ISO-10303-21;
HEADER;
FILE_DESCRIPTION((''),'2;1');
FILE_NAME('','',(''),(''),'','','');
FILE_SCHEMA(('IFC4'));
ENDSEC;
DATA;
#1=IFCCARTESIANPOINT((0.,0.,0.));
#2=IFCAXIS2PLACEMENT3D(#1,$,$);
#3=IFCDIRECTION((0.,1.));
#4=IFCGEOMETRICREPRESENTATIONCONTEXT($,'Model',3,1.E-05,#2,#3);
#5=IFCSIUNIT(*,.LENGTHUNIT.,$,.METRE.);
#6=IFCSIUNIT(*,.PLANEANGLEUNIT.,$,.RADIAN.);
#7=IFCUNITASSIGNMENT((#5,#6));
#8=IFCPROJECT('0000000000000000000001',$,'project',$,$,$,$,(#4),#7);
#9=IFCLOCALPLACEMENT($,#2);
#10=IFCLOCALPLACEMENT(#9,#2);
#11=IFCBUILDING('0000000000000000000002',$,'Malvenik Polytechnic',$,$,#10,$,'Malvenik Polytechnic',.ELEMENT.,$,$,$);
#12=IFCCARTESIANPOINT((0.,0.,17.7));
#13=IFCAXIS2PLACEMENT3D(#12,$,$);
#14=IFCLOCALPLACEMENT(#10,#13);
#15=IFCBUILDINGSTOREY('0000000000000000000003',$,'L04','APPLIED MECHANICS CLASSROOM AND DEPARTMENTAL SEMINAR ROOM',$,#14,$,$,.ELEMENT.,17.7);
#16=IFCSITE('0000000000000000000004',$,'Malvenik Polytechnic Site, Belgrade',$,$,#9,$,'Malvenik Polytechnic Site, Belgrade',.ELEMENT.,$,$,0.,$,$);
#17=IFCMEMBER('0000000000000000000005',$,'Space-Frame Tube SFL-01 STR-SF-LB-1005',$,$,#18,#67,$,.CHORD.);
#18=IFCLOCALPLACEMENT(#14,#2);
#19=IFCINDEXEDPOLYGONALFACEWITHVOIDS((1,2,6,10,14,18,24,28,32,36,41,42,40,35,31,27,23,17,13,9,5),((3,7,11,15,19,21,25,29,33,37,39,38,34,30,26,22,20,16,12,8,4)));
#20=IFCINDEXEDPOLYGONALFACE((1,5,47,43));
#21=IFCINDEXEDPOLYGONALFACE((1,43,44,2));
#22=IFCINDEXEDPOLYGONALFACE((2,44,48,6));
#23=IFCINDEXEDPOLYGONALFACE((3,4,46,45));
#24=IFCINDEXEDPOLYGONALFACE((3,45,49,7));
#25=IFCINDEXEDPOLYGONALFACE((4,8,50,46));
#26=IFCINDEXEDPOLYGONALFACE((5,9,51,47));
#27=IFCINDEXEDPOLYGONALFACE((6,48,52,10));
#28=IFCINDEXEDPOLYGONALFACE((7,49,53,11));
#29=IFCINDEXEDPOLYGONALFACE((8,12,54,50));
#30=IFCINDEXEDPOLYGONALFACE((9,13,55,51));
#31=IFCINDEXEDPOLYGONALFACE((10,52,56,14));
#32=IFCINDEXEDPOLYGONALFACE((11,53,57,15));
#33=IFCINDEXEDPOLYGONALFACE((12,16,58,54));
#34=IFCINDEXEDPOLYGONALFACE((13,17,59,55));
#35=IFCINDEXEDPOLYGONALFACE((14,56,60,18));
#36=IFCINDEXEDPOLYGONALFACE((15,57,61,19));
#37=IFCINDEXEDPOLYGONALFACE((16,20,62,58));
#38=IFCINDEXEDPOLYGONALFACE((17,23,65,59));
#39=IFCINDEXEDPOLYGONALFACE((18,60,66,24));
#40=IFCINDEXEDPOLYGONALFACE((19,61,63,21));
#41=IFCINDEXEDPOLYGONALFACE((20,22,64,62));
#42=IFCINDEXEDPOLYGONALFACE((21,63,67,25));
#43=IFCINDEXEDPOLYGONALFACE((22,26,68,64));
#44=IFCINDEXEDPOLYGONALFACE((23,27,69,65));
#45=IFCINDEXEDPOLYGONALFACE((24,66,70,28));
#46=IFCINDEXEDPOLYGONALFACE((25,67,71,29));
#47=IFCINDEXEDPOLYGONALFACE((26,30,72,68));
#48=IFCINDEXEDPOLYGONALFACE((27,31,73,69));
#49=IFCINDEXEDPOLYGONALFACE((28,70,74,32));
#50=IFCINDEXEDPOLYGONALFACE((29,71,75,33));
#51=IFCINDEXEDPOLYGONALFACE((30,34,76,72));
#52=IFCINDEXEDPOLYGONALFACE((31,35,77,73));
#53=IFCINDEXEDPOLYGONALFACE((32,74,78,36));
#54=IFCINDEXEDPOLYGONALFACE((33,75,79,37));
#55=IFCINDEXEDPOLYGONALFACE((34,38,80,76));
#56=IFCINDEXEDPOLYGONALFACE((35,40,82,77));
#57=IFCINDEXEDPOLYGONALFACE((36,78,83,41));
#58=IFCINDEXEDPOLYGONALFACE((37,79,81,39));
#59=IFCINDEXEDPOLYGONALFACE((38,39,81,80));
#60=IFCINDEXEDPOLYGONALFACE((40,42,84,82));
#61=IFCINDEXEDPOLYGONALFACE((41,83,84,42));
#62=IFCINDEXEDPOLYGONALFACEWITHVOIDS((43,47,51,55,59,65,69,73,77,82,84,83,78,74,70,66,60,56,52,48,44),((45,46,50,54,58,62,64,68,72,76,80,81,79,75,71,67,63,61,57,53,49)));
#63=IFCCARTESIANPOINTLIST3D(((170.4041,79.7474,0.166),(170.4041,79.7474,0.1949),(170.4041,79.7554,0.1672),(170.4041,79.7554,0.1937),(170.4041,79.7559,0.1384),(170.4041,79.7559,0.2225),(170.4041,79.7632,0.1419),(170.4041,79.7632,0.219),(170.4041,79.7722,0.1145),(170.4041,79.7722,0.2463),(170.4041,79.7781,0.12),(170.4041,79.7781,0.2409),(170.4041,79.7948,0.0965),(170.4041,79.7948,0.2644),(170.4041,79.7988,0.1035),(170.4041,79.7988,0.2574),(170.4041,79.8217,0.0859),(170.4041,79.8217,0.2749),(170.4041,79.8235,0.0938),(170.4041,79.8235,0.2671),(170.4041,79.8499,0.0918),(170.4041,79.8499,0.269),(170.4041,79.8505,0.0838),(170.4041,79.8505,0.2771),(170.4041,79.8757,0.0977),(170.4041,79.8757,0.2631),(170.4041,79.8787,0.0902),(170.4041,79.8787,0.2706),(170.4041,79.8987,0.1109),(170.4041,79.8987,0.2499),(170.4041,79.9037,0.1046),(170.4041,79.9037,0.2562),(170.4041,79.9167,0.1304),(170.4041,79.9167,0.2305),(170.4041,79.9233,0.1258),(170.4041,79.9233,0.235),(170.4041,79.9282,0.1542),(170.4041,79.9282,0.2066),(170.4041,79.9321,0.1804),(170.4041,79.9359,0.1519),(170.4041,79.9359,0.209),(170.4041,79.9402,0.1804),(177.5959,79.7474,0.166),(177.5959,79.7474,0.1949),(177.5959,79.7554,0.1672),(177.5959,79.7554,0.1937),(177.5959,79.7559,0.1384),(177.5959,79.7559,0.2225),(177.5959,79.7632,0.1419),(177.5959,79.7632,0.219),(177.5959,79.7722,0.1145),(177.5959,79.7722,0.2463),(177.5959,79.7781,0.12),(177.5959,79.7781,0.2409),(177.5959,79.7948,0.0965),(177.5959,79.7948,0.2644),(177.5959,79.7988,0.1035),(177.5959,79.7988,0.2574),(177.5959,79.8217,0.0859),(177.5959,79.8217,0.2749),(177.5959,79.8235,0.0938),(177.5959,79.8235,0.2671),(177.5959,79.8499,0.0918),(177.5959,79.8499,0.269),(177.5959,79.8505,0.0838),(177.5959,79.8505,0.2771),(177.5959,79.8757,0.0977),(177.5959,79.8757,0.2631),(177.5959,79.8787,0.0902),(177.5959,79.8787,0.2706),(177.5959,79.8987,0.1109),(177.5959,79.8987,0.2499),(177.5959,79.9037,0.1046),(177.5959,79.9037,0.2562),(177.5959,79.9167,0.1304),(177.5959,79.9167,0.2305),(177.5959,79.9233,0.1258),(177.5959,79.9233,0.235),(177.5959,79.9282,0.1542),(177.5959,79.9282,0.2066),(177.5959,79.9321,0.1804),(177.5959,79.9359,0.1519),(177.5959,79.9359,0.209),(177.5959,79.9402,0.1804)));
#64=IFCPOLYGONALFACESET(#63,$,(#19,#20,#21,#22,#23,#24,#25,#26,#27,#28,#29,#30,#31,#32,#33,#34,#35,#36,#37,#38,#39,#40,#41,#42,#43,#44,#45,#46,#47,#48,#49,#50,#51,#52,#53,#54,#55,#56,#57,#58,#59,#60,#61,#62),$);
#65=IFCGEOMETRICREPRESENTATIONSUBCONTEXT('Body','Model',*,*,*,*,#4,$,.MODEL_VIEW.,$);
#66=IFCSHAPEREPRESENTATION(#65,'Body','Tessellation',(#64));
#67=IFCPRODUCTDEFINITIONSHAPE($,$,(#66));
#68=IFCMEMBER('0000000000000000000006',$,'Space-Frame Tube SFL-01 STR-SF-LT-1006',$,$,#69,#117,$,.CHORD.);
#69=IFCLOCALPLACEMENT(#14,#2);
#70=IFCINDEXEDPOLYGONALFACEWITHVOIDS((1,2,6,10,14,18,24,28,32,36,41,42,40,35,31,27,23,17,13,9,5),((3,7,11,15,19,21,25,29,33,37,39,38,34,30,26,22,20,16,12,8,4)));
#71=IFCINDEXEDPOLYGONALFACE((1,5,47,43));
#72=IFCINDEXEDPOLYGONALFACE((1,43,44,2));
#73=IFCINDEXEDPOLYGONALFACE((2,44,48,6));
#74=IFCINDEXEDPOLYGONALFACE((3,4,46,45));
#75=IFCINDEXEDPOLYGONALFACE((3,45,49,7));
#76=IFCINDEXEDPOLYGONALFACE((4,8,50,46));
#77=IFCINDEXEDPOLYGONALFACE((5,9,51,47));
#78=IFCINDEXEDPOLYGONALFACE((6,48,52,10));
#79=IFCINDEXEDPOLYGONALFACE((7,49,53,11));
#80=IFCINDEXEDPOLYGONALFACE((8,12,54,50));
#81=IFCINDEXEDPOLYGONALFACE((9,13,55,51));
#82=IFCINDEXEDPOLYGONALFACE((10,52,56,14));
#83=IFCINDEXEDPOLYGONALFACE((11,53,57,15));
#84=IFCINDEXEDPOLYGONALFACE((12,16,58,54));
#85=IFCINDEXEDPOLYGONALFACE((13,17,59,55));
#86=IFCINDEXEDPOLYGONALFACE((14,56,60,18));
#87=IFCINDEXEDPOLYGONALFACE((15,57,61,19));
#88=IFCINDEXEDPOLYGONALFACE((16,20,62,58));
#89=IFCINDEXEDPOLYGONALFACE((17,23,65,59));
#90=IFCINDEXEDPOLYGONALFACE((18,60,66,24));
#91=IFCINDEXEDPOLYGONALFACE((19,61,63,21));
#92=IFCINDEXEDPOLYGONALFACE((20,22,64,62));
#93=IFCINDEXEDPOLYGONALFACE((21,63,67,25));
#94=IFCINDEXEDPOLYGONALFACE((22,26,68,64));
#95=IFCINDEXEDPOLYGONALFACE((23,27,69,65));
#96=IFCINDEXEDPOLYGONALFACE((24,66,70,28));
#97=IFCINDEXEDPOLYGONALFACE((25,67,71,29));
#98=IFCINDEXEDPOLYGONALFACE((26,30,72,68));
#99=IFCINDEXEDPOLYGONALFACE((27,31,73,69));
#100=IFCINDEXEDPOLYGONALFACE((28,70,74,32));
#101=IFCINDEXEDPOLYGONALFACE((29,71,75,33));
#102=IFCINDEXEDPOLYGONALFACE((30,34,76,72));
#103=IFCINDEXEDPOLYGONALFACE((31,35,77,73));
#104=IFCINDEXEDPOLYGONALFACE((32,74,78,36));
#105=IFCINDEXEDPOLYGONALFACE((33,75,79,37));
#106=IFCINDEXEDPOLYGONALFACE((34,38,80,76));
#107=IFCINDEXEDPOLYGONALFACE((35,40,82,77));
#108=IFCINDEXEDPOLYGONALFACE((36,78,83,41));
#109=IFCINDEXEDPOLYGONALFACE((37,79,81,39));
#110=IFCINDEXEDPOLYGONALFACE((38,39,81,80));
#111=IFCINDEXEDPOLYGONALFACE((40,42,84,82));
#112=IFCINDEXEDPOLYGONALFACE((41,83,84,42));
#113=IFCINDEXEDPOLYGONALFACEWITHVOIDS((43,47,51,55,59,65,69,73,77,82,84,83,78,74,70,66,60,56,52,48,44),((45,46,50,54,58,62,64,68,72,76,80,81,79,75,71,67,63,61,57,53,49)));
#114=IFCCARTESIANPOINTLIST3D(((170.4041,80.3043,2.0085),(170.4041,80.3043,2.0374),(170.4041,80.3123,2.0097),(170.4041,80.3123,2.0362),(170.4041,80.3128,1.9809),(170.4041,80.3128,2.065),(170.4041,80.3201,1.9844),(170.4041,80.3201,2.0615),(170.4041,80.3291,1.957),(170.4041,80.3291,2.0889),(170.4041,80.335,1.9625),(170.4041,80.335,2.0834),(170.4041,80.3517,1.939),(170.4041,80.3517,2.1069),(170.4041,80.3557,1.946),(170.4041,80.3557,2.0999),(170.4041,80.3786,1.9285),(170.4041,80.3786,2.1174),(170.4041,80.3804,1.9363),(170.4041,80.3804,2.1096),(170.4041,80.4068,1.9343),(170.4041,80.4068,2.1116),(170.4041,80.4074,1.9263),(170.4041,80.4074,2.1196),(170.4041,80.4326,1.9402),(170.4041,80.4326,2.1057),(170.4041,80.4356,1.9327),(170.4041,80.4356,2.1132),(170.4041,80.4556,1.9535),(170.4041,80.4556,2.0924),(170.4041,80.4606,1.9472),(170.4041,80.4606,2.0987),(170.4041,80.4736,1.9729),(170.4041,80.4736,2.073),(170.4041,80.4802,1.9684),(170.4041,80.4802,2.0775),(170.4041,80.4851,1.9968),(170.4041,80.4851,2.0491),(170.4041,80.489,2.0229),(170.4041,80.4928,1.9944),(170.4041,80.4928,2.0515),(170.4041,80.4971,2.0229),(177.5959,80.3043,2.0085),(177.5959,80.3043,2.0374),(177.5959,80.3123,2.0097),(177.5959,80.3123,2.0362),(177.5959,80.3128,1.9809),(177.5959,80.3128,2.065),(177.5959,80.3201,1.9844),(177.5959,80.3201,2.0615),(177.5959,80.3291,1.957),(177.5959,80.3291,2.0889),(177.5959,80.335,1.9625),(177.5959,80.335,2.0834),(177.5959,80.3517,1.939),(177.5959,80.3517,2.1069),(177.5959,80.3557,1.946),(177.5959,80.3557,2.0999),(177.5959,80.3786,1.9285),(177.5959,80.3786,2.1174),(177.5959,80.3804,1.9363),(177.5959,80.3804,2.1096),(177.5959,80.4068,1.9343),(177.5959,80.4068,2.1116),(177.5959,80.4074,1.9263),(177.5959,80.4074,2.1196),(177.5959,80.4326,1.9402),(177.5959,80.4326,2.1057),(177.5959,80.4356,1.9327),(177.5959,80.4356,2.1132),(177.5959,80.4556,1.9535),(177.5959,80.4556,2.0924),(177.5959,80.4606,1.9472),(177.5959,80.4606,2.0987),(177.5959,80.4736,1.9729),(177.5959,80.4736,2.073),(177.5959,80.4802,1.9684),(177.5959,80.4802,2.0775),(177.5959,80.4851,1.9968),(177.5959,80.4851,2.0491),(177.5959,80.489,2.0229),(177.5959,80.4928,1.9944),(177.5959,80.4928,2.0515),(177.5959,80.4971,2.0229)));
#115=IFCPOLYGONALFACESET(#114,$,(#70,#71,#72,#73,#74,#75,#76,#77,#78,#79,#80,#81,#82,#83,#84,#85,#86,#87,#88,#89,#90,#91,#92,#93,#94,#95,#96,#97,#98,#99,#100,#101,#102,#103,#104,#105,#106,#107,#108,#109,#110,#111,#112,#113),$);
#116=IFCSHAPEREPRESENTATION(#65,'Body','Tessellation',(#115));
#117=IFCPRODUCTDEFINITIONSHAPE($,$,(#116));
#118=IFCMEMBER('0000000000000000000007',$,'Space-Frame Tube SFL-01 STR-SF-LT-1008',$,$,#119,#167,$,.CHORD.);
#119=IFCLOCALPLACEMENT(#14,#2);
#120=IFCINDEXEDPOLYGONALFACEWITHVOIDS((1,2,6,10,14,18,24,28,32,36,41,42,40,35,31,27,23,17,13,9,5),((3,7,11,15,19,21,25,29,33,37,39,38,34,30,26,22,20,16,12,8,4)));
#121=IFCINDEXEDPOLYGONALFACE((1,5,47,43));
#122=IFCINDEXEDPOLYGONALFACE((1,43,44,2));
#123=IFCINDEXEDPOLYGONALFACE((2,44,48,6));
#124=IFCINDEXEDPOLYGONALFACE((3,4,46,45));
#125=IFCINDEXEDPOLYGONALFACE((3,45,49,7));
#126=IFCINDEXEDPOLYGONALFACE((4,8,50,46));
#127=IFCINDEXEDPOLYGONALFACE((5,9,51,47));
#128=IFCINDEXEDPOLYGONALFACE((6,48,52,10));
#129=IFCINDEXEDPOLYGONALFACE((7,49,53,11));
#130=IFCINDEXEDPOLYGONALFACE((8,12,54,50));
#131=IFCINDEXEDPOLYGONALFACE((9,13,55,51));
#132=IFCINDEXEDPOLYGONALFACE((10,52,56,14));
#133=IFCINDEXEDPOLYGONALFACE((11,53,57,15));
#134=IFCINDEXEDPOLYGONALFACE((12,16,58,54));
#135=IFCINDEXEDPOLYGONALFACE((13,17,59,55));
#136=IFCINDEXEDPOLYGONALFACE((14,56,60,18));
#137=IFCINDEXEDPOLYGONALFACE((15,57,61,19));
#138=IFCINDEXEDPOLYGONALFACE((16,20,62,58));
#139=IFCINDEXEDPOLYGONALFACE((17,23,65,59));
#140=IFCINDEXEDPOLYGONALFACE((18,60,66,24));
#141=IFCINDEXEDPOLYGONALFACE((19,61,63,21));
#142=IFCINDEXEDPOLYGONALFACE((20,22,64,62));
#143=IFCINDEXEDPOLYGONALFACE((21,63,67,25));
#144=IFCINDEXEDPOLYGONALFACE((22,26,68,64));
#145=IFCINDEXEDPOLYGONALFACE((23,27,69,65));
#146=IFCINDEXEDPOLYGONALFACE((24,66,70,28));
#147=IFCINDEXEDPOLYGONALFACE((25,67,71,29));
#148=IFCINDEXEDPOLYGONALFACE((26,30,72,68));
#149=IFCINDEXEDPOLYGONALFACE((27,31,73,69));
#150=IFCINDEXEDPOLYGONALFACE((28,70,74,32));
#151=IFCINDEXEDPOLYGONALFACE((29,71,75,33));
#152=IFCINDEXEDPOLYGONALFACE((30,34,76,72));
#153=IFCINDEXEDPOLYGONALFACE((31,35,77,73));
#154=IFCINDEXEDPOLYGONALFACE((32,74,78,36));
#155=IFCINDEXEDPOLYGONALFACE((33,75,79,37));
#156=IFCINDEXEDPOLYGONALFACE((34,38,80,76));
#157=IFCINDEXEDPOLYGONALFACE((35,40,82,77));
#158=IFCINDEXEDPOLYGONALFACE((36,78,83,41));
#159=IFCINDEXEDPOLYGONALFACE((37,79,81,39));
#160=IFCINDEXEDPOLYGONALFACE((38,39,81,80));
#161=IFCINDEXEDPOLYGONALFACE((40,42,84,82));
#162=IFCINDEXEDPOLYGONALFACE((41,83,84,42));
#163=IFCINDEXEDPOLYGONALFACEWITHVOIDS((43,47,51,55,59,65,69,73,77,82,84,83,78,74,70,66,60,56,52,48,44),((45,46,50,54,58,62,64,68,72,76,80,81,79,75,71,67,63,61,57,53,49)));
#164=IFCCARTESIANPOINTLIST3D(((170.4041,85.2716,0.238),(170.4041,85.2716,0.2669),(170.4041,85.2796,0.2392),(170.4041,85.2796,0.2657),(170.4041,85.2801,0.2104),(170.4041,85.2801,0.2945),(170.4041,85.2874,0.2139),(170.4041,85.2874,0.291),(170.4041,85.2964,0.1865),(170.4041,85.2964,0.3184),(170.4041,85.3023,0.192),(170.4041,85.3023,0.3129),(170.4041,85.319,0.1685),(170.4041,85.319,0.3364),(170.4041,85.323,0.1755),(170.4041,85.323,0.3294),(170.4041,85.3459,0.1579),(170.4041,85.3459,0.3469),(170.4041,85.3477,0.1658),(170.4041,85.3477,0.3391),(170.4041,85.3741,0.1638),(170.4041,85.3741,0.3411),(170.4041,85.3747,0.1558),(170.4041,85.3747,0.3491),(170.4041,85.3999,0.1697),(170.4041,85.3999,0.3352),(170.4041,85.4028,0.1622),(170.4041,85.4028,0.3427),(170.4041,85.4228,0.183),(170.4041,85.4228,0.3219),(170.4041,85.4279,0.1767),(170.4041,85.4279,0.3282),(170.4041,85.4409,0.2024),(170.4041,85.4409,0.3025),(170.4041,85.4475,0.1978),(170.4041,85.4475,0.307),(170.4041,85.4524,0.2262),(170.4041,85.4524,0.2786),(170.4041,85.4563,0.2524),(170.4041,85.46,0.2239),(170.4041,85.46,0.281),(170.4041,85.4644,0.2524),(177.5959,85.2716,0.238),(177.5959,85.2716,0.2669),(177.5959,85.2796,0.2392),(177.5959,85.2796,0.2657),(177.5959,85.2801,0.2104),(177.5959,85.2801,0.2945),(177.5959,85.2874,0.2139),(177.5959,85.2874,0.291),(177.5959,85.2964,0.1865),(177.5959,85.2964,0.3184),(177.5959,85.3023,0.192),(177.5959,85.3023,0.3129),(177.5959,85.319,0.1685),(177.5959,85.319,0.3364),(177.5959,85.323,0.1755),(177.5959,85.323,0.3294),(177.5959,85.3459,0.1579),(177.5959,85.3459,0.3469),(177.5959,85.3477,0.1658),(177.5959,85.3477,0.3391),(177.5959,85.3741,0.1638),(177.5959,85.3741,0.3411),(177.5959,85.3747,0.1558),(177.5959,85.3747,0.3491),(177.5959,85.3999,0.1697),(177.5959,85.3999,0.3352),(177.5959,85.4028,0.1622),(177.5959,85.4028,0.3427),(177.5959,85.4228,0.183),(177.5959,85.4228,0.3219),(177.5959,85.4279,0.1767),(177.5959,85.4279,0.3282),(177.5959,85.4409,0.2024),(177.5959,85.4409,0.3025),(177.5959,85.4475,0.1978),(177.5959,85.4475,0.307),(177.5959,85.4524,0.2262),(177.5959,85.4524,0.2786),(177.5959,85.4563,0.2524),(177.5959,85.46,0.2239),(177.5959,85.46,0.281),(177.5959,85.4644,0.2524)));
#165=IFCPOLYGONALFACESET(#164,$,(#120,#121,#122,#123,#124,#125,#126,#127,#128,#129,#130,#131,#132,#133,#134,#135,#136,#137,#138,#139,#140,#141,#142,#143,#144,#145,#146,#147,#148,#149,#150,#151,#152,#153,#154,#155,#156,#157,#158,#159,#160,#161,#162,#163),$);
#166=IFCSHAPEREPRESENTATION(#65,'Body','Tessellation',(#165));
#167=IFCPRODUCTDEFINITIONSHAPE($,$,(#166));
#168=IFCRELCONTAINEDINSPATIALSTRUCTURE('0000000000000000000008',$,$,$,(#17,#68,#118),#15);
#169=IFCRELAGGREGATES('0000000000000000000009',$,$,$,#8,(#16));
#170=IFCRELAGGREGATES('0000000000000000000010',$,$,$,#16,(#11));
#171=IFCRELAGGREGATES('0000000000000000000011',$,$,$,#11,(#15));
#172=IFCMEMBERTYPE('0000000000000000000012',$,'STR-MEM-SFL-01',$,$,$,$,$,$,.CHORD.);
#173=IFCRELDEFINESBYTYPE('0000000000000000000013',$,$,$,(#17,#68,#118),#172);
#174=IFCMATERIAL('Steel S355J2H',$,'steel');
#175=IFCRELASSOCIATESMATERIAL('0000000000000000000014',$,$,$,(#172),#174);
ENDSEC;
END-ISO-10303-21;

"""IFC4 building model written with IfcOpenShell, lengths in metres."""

from ifc_helpers import new_model, si_unit, direction, frame, origin, origin_2d, place, context, subcontext, project, spatial, hollow_circle, extrude, material, material_profile, profile_set, type_object, element, save


model = new_model("IFC4")

# Units and contexts
model_context = context("Model", 3, precision=1e-05, world=origin(), true_north=direction((0.0, 1.0)))
body_context = subcontext(model_context, "Body", "Model", "MODEL_VIEW")
ifc_project = project(units=[si_unit("LENGTHUNIT", "METRE"), si_unit("PLANEANGLEUNIT", "RADIAN")], contexts=[model_context])

# Site, building, storey
site_placement = place(None, origin())
site = spatial("IfcSite", under=ifc_project, at=site_placement, Name="Malvenik Polytechnic Site, Belgrade", LongName="Malvenik Polytechnic Site, Belgrade", CompositionType="ELEMENT", RefElevation=0.0)
building_placement = place(site_placement, origin())
building = spatial("IfcBuilding", under=site, at=building_placement, Name="Malvenik Polytechnic", LongName="Malvenik Polytechnic", CompositionType="ELEMENT")
storey_placement = place(building_placement, frame((0.0, 0.0, 17.7)))
storey = spatial("IfcBuildingStorey", under=building, at=storey_placement, Name="L04", Description="APPLIED MECHANICS CLASSROOM AND DEPARTMENTAL SEMINAR ROOM", CompositionType="ELEMENT", Elevation=17.7)

# Members
ifc_material = material(Name="Steel S355J2H", Category="steel")
ifc_material_profile_1 = material_profile(ifc_material, hollow_circle(Radius=0.0969, WallThickness=0.0081, at=origin_2d()), Name="CHS 193.7x8.0")
ifc_profile_set_1 = profile_set([ifc_material_profile_1], Name="Steel S355J2H")
member_type_1 = type_object("IfcMemberType", Name="STR-MEM-SFL-01", PredefinedType="CHORD", material=ifc_profile_set_1)
for number, where, z_axis, x_axis, name in (
    (1, (170.4041, 79.8433, 0.1804), (1.0, 0.0, 0.0), (0.0, 1.0, 0.0), "Space-Frame Tube SFL-01 STR-SF-LB-1005"),
    (2, (170.4041, 80.4001, 2.0229), (1.0, 0.0, 0.0), (0.0, 1.0, 0.0), "Space-Frame Tube SFL-01 STR-SF-LT-1006"),
    (3, (170.4041, 85.3674, 0.2524), (1.0, 0.0, 0.0), (0.0, 1.0, 0.0), "Space-Frame Tube SFL-01 STR-SF-LT-1008"),
):
    element("IfcMember", number, at=place(storey_placement, frame(where, z_axis=z_axis, x_axis=x_axis)), inside=storey, type_object=member_type_1, Name=name, PredefinedType="CHORD", context=body_context, shape_type="SweptSolid", body=[
        extrude(hollow_circle(Radius=0.0969, WallThickness=0.0081, at=origin_2d()), origin(), (0.0, 0.0, 1.0), 7.1919),
    ])

save(model, "model.ifc")
